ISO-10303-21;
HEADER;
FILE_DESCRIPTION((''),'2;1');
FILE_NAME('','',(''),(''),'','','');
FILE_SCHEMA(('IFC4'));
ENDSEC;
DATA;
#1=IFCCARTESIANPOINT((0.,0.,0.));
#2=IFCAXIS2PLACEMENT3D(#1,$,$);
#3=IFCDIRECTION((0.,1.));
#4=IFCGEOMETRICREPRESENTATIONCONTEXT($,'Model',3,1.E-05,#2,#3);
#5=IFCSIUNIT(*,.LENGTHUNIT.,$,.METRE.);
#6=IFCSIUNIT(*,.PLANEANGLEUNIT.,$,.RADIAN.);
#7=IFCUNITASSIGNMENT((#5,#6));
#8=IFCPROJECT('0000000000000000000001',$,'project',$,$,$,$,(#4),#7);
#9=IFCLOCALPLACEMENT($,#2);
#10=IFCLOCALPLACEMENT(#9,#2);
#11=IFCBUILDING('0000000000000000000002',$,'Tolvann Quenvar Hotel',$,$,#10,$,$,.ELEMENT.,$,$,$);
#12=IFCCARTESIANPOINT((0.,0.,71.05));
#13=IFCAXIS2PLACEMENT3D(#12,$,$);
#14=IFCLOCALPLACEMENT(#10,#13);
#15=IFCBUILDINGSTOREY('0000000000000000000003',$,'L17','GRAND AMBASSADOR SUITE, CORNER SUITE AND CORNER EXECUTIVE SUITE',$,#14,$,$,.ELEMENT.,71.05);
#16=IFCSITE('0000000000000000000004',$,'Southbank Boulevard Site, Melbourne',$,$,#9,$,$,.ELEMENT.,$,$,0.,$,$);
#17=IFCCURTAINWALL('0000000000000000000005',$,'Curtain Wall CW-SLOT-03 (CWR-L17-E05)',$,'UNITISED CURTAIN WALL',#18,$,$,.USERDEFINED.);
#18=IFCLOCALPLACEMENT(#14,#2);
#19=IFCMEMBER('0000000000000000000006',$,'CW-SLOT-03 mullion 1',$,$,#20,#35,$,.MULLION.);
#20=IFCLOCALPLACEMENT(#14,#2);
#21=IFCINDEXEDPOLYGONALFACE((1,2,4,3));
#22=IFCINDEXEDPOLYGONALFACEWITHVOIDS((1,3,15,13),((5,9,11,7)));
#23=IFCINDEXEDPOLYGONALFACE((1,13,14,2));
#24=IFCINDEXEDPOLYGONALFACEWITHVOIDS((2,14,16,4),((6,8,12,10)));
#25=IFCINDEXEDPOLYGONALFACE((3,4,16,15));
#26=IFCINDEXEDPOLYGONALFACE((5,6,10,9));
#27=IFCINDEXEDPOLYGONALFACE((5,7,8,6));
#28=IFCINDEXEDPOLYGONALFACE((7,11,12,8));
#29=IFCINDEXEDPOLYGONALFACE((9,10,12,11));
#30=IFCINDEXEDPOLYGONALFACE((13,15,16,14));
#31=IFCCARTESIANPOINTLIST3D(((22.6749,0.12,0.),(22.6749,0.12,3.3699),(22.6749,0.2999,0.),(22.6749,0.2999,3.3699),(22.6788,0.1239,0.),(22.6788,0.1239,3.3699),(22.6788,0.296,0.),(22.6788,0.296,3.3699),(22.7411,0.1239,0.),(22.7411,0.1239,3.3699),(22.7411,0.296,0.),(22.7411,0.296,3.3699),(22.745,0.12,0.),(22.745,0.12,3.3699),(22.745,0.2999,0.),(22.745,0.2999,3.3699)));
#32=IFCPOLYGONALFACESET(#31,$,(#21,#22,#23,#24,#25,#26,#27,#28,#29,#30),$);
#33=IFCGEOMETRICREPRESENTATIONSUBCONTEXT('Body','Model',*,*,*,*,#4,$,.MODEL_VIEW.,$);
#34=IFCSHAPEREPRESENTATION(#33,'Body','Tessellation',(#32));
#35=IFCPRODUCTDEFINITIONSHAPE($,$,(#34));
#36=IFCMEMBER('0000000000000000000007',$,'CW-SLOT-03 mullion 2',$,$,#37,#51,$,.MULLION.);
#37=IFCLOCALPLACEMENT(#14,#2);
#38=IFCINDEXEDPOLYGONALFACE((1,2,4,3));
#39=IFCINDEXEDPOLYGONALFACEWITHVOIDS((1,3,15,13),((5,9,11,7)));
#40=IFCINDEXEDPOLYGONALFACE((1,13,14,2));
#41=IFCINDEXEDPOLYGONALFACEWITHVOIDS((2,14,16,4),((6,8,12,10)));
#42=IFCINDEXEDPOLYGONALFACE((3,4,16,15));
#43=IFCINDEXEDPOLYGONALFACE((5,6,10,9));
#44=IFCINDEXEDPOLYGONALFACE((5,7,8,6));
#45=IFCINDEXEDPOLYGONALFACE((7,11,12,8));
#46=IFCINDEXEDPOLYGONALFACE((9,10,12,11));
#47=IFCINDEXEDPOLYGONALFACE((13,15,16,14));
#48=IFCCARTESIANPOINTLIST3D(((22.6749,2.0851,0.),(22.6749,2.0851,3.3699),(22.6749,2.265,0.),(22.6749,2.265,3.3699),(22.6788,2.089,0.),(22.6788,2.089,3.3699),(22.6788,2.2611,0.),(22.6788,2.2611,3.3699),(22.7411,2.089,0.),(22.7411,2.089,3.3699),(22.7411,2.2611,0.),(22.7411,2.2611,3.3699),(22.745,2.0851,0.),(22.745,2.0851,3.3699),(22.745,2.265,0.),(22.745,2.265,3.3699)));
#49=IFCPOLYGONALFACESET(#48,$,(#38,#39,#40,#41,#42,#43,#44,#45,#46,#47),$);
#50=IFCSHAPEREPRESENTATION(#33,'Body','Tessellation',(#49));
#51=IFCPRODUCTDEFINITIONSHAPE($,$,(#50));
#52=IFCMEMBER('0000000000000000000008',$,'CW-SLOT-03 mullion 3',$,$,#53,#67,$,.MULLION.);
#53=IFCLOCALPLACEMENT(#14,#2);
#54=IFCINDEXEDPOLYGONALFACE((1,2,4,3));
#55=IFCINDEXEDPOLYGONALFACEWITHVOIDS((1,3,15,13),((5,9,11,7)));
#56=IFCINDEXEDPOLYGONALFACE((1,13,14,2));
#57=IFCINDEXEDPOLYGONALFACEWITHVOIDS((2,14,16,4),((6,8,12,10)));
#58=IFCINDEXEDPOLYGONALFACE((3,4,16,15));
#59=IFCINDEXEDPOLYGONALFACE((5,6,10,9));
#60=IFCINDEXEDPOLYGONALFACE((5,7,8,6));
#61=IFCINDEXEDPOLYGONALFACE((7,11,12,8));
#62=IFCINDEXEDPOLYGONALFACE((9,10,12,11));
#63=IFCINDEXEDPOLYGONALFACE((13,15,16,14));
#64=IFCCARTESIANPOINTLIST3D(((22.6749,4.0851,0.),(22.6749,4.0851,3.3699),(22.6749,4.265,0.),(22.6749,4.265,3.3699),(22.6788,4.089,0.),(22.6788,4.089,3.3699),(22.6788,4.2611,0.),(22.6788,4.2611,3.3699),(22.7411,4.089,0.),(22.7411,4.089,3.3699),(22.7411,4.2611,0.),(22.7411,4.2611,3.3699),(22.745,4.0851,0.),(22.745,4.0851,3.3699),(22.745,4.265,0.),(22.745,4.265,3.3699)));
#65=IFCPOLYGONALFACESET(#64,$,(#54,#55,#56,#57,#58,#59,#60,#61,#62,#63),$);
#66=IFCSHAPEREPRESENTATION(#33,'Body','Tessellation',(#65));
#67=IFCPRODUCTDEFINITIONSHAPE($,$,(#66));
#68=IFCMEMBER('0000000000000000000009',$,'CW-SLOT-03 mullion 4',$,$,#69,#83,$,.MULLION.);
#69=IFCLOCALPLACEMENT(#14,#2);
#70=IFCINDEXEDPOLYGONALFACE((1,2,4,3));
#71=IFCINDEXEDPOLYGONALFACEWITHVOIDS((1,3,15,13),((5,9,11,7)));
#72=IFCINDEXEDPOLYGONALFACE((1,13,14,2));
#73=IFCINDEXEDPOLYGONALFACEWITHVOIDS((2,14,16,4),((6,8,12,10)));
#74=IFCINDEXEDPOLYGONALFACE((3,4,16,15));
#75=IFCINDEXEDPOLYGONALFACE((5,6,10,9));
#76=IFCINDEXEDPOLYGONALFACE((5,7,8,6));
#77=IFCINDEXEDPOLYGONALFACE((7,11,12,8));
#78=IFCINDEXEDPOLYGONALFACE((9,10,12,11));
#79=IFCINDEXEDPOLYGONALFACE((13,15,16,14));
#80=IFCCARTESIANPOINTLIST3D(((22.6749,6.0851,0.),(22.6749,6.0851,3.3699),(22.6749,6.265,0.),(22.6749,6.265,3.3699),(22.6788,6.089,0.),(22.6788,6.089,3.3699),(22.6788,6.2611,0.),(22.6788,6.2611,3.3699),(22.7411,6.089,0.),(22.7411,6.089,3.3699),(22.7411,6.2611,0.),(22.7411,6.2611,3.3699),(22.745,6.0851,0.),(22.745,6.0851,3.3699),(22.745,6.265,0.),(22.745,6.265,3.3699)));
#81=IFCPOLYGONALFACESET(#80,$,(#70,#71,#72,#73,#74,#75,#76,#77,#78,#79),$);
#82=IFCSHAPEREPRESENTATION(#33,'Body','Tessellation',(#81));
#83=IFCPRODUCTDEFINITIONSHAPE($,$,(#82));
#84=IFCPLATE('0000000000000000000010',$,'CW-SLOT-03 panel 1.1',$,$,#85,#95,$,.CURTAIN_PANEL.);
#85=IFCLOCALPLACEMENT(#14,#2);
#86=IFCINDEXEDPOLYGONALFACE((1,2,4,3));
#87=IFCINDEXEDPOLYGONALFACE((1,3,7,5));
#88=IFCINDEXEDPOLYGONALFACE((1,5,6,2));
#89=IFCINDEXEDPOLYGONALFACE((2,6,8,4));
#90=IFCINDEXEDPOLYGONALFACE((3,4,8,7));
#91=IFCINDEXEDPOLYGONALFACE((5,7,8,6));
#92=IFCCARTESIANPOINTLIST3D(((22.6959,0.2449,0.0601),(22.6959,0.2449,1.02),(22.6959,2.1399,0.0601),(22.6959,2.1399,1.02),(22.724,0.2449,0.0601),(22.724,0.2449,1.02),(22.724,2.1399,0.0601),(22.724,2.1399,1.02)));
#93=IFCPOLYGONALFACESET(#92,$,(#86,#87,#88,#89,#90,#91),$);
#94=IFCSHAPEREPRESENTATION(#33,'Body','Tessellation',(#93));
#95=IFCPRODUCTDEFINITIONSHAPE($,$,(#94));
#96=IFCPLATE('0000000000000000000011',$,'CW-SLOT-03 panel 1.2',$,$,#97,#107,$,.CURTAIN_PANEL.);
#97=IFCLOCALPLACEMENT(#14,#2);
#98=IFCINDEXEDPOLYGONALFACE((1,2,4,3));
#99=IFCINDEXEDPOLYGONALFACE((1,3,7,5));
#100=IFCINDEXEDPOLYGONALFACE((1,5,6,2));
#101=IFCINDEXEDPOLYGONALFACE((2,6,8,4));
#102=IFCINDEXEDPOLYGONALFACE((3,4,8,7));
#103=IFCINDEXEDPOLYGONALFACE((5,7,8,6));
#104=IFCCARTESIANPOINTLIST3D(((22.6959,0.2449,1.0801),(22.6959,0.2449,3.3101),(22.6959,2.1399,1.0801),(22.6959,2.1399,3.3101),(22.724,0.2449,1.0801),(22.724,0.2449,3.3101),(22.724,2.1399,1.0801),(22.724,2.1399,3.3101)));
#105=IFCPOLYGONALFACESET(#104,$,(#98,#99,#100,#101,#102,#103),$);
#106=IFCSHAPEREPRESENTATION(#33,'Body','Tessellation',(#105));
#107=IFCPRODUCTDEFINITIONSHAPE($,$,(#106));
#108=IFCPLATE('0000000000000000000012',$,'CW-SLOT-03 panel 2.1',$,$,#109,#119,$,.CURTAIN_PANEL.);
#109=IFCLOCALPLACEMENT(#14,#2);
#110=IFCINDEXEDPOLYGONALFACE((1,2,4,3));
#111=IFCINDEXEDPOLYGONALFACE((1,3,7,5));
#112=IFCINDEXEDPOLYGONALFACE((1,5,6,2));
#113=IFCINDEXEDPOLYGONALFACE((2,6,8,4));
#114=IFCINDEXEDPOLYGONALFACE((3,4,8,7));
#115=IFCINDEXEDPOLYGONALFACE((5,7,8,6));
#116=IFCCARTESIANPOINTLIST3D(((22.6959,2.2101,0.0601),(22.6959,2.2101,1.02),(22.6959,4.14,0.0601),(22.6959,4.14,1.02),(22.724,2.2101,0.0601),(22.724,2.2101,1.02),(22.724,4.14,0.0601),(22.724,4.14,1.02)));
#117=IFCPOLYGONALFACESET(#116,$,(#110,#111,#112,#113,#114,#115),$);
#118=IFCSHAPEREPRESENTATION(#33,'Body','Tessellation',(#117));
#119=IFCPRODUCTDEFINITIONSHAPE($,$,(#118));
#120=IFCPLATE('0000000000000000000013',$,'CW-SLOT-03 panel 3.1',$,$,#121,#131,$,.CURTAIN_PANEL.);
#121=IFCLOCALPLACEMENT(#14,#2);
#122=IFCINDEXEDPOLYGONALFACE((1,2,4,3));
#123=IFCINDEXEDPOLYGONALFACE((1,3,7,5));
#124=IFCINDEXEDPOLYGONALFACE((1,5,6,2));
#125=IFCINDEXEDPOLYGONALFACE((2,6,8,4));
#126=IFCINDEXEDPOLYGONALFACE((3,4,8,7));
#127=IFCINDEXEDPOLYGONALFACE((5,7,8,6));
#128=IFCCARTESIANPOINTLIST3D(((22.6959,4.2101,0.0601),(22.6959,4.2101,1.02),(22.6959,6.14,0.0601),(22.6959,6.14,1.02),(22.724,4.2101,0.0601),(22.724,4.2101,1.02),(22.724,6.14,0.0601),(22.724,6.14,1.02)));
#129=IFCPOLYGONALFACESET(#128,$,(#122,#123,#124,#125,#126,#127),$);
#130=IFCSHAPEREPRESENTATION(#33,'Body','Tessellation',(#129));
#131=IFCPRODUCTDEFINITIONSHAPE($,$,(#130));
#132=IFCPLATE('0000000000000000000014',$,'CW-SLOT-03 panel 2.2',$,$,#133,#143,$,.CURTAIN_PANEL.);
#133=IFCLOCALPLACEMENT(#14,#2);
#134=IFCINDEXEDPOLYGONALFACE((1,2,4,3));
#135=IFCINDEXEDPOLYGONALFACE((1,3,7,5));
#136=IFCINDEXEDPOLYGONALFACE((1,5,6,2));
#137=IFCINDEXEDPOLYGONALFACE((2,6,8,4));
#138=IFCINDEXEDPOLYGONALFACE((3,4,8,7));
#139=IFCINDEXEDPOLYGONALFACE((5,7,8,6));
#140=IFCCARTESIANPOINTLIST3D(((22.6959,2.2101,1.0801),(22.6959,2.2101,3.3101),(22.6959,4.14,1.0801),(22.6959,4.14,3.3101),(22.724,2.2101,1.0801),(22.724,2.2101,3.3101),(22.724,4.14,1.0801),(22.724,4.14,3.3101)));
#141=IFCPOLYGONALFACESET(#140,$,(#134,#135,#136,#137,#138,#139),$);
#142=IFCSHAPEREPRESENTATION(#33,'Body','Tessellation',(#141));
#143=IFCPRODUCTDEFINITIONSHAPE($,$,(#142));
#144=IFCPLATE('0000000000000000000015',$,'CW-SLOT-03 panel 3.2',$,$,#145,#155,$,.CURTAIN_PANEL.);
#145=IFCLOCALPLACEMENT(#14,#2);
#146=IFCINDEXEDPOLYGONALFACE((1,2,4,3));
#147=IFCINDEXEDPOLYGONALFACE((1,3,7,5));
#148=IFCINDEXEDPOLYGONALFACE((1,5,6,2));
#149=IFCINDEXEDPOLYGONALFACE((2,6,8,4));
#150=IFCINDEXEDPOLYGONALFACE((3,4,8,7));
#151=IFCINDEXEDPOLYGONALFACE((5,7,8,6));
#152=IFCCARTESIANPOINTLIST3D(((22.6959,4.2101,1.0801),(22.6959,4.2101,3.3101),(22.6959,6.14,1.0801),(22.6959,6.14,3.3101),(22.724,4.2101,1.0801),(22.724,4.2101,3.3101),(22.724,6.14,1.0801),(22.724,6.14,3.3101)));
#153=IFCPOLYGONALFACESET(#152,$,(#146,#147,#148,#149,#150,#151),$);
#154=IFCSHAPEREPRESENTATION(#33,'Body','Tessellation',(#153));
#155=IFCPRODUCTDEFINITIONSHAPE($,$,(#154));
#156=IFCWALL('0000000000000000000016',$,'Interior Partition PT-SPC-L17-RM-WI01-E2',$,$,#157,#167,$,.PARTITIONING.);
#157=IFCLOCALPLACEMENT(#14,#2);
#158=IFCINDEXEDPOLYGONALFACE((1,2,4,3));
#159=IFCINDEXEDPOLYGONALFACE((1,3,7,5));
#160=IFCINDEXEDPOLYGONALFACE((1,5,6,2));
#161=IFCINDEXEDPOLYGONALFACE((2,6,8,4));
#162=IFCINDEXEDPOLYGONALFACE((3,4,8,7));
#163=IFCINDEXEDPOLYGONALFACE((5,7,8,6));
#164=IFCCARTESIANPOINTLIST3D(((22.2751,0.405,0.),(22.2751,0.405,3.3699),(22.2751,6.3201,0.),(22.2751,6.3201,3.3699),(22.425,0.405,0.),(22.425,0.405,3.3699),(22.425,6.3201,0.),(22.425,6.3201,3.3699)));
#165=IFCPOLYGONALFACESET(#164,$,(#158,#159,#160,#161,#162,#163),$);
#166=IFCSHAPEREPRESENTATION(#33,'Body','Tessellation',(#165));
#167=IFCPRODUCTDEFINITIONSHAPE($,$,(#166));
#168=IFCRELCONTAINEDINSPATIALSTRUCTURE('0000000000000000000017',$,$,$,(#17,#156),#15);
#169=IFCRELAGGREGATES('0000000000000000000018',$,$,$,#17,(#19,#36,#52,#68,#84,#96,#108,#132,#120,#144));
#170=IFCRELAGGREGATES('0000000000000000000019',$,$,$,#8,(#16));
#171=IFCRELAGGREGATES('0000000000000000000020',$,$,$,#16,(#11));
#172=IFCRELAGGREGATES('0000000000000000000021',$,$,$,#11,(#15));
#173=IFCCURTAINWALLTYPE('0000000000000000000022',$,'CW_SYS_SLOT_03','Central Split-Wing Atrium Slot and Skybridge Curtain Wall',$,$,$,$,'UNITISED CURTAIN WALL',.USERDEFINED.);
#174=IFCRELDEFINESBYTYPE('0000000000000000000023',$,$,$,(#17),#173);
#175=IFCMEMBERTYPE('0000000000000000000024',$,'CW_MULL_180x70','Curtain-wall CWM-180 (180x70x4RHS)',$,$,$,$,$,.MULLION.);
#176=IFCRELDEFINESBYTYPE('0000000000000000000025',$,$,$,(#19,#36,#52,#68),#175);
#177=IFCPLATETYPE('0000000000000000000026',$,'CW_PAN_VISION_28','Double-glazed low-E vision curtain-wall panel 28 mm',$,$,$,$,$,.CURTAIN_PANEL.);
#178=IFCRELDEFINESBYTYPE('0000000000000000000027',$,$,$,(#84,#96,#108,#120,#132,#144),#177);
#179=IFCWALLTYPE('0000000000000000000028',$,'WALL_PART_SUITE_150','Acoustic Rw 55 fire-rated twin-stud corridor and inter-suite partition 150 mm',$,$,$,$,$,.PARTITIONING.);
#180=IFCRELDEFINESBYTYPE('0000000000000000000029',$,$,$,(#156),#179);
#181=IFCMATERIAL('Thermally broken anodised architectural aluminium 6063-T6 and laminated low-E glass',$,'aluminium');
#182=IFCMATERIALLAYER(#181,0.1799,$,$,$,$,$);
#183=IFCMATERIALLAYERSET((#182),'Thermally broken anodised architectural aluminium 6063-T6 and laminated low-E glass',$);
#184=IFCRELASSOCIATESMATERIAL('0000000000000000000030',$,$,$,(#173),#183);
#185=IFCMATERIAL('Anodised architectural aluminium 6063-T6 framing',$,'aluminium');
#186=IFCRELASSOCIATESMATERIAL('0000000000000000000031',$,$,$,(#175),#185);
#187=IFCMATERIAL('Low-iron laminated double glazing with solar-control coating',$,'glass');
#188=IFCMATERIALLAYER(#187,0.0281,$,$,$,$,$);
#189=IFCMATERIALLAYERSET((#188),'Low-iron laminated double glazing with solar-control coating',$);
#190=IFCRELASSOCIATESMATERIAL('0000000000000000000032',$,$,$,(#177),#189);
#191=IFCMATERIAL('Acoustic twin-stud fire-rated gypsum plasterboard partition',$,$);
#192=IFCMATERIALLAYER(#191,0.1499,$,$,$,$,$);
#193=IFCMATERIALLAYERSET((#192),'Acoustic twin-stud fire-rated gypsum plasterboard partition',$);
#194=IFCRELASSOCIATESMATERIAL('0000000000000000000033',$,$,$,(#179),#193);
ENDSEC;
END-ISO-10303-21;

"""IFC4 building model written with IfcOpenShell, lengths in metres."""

from ifc_helpers import new_model, si_unit, direction, frame, frame_2d, origin, origin_2d, place, context, subcontext, project, spatial, rectangle, hollow_rectangle, extrude, source, transform, mapped, material, layer, layer_set, material_profile, profile_set, type_object, type_shapes, element, aggregate, save


model = new_model("IFC4")

# Units and contexts
model_context = context("Model", 3, precision=1e-05, world=origin(), true_north=direction((0.0, 1.0)))
body_context = subcontext(model_context, "Body", "Model", "MODEL_VIEW")
ifc_project = project(units=[si_unit("LENGTHUNIT", "METRE"), si_unit("PLANEANGLEUNIT", "RADIAN")], contexts=[model_context])

# Site, building, storey
site_placement = place(None, origin())
site = spatial("IfcSite", under=ifc_project, at=site_placement, Name="Southbank Boulevard Site, Melbourne", CompositionType="ELEMENT", RefElevation=0.0)
building_placement = place(site_placement, origin())
building = spatial("IfcBuilding", under=site, at=building_placement, Name="Tolvann Quenvar Hotel", CompositionType="ELEMENT")
storey_placement = place(building_placement, frame((0.0, 0.0, 71.05)))
storey = spatial("IfcBuildingStorey", under=building, at=storey_placement, Name="L17", Description="GRAND AMBASSADOR SUITE, CORNER SUITE AND CORNER EXECUTIVE SUITE", CompositionType="ELEMENT", Elevation=71.05)

# Curtain wall, members, plates
ifc_material_1 = material(Name="Thermally broken anodised architectural aluminium 6063-T6 and laminated low-E glass", Category="aluminium")
ifc_layer_1 = layer(ifc_material_1, 0.1799)
ifc_layer_set_1 = layer_set([ifc_layer_1], Name="Thermally broken anodised architectural aluminium 6063-T6 and laminated low-E glass")
curtain_wall_type = type_object("IfcCurtainWallType", Name="CW_SYS_SLOT_03", Description="Central Split-Wing Atrium Slot and Skybridge Curtain Wall", ElementType="UNITISED CURTAIN WALL", PredefinedType="USERDEFINED", material=ifc_layer_set_1)
curtain_wall_placement = place(storey_placement, origin())
curtain_wall = element("IfcCurtainWall", 1, at=curtain_wall_placement, inside=storey, type_object=curtain_wall_type, Name="Curtain Wall CW-SLOT-03 (CWR-L17-E05)", ObjectType="UNITISED CURTAIN WALL", PredefinedType="USERDEFINED")
ifc_material_2 = material(Name="Anodised architectural aluminium 6063-T6 framing", Category="aluminium")
ifc_material_profile_1 = material_profile(ifc_material_2, hollow_rectangle(XDim=0.0701, YDim=0.1799, WallThickness=0.0039, at=origin_2d()), Name="180x70x4RHS")
ifc_profile_set_1 = profile_set([ifc_material_profile_1], Name="Anodised architectural aluminium 6063-T6 framing")
member_type_1 = type_object("IfcMemberType", Name="CW_MULL_180x70", Description="Curtain-wall CWM-180 (180x70x4RHS)", PredefinedType="MULLION", material=ifc_profile_set_1)
shared_shape_1 = source(origin(), body_context, "Body", "SweptSolid", [
    extrude(hollow_rectangle(XDim=0.0701, YDim=0.1799, WallThickness=0.0039, at=origin_2d()), origin(), (0.0, 0.0, 1.0), 3.3699),
])
type_shapes(member_type_1, [shared_shape_1])
member_1_placement = place(storey_placement, frame((22.71, 0.21, 0.0), z_axis=(0.0, 0.0, 1.0), x_axis=(-1.0, 0.0, 0.0)))
member_1 = element("IfcMember", 2, at=member_1_placement, type_object=member_type_1, Name="CW-SLOT-03 mullion 1", PredefinedType="MULLION", context=body_context, shape_type="MappedRepresentation", body=[
    mapped(shared_shape_1, transform((0.0, 0.0, 0.0), x_axis=(1.0, 0.0, 0.0), y_axis=(0.0, 1.0, 0.0), z_axis=(0.0, 0.0, 1.0), scale=1.0)),
])
member_2_placement = place(storey_placement, frame((22.71, 2.175, 0.0), z_axis=(0.0, 0.0, 1.0), x_axis=(-1.0, 0.0, 0.0)))
member_2 = element("IfcMember", 3, at=member_2_placement, type_object=member_type_1, Name="CW-SLOT-03 mullion 2", PredefinedType="MULLION", context=body_context, shape_type="MappedRepresentation", body=[
    mapped(shared_shape_1, transform((0.0, 0.0, 0.0), x_axis=(1.0, 0.0, 0.0), y_axis=(0.0, 1.0, 0.0), z_axis=(0.0, 0.0, 1.0), scale=1.0)),
])
member_3_placement = place(storey_placement, frame((22.71, 4.175, 0.0), z_axis=(0.0, 0.0, 1.0), x_axis=(-1.0, 0.0, 0.0)))
member_3 = element("IfcMember", 4, at=member_3_placement, type_object=member_type_1, Name="CW-SLOT-03 mullion 3", PredefinedType="MULLION", context=body_context, shape_type="MappedRepresentation", body=[
    mapped(shared_shape_1, transform((0.0, 0.0, 0.0), x_axis=(1.0, 0.0, 0.0), y_axis=(0.0, 1.0, 0.0), z_axis=(0.0, 0.0, 1.0), scale=1.0)),
])
member_4_placement = place(storey_placement, frame((22.71, 6.175, 0.0), z_axis=(0.0, 0.0, 1.0), x_axis=(-1.0, 0.0, 0.0)))
member_4 = element("IfcMember", 5, at=member_4_placement, type_object=member_type_1, Name="CW-SLOT-03 mullion 4", PredefinedType="MULLION", context=body_context, shape_type="MappedRepresentation", body=[
    mapped(shared_shape_1, transform((0.0, 0.0, 0.0), x_axis=(1.0, 0.0, 0.0), y_axis=(0.0, 1.0, 0.0), z_axis=(0.0, 0.0, 1.0), scale=1.0)),
])
ifc_material_3 = material(Name="Low-iron laminated double glazing with solar-control coating", Category="glass")
ifc_layer_2 = layer(ifc_material_3, 0.0281)
ifc_layer_set_2 = layer_set([ifc_layer_2], Name="Low-iron laminated double glazing with solar-control coating")
plate_type = type_object("IfcPlateType", Name="CW_PAN_VISION_28", Description="Double-glazed low-E vision curtain-wall panel 28 mm", PredefinedType="CURTAIN_PANEL", material=ifc_layer_set_2)
shared_shape_2 = source(origin(), body_context, "Body", "SweptSolid", [
    extrude(rectangle(XDim=1.895, YDim=0.0281, at=origin_2d()), origin(), (0.0, 0.0, 1.0), 0.96),
])
plate_1_placement = place(storey_placement, frame((22.71, 1.1924, 0.0601), z_axis=(0.0, 0.0, 1.0), x_axis=(0.0, 1.0, 0.0)))
plate_1 = element("IfcPlate", 6, at=plate_1_placement, type_object=plate_type, Name="CW-SLOT-03 panel 1.1", PredefinedType="CURTAIN_PANEL", context=body_context, shape_type="MappedRepresentation", body=[
    mapped(shared_shape_2, transform((0.0, 0.0, 0.0), x_axis=(1.0, 0.0, 0.0), y_axis=(0.0, 1.0, 0.0), z_axis=(0.0, 0.0, 1.0), scale=1.0)),
])
shared_shape_3 = source(origin(), body_context, "Body", "SweptSolid", [
    extrude(rectangle(XDim=1.895, YDim=0.0281, at=origin_2d()), origin(), (0.0, 0.0, 1.0), 2.23),
])
plate_2_placement = place(storey_placement, frame((22.71, 1.1924, 1.0801), z_axis=(0.0, 0.0, 1.0), x_axis=(0.0, 1.0, 0.0)))
plate_2 = element("IfcPlate", 7, at=plate_2_placement, type_object=plate_type, Name="CW-SLOT-03 panel 1.2", PredefinedType="CURTAIN_PANEL", context=body_context, shape_type="MappedRepresentation", body=[
    mapped(shared_shape_3, transform((0.0, 0.0, 0.0), x_axis=(1.0, 0.0, 0.0), y_axis=(0.0, 1.0, 0.0), z_axis=(0.0, 0.0, 1.0), scale=1.0)),
])
shared_shape_4 = source(origin(), body_context, "Body", "SweptSolid", [
    extrude(rectangle(XDim=1.9299, YDim=0.0281, at=origin_2d()), origin(), (0.0, 0.0, 1.0), 0.96),
])
plate_3_placement = place(storey_placement, frame((22.71, 3.175, 0.0601), z_axis=(0.0, 0.0, 1.0), x_axis=(0.0, 1.0, 0.0)))
plate_3 = element("IfcPlate", 8, at=plate_3_placement, type_object=plate_type, Name="CW-SLOT-03 panel 2.1", PredefinedType="CURTAIN_PANEL", context=body_context, shape_type="MappedRepresentation", body=[
    mapped(shared_shape_4, transform((0.0, 0.0, 0.0), x_axis=(1.0, 0.0, 0.0), y_axis=(0.0, 1.0, 0.0), z_axis=(0.0, 0.0, 1.0), scale=1.0)),
])
plate_4_placement = place(storey_placement, frame((22.71, 5.175, 0.0601), z_axis=(0.0, 0.0, 1.0), x_axis=(0.0, 1.0, 0.0)))
plate_4 = element("IfcPlate", 9, at=plate_4_placement, type_object=plate_type, Name="CW-SLOT-03 panel 3.1", PredefinedType="CURTAIN_PANEL", context=body_context, shape_type="MappedRepresentation", body=[
    mapped(shared_shape_4, transform((0.0, 0.0, 0.0), x_axis=(1.0, 0.0, 0.0), y_axis=(0.0, 1.0, 0.0), z_axis=(0.0, 0.0, 1.0), scale=1.0)),
])
shared_shape_5 = source(origin(), body_context, "Body", "SweptSolid", [
    extrude(rectangle(XDim=1.9299, YDim=0.0281, at=origin_2d()), origin(), (0.0, 0.0, 1.0), 2.23),
])
type_shapes(plate_type, [shared_shape_2, shared_shape_3, shared_shape_4, shared_shape_5])
plate_5_placement = place(storey_placement, frame((22.71, 3.175, 1.0801), z_axis=(0.0, 0.0, 1.0), x_axis=(0.0, 1.0, 0.0)))
plate_5 = element("IfcPlate", 10, at=plate_5_placement, type_object=plate_type, Name="CW-SLOT-03 panel 2.2", PredefinedType="CURTAIN_PANEL", context=body_context, shape_type="MappedRepresentation", body=[
    mapped(shared_shape_5, transform((0.0, 0.0, 0.0), x_axis=(1.0, 0.0, 0.0), y_axis=(0.0, 1.0, 0.0), z_axis=(0.0, 0.0, 1.0), scale=1.0)),
])
plate_6_placement = place(storey_placement, frame((22.71, 5.175, 1.0801), z_axis=(0.0, 0.0, 1.0), x_axis=(0.0, 1.0, 0.0)))
plate_6 = element("IfcPlate", 11, at=plate_6_placement, type_object=plate_type, Name="CW-SLOT-03 panel 3.2", PredefinedType="CURTAIN_PANEL", context=body_context, shape_type="MappedRepresentation", body=[
    mapped(shared_shape_5, transform((0.0, 0.0, 0.0), x_axis=(1.0, 0.0, 0.0), y_axis=(0.0, 1.0, 0.0), z_axis=(0.0, 0.0, 1.0), scale=1.0)),
])
aggregate(curtain_wall, [member_1, member_2, member_3, member_4, plate_1, plate_2, plate_3, plate_5, plate_4, plate_6])

# Wall
ifc_material_4 = material(Name="Acoustic twin-stud fire-rated gypsum plasterboard partition")
ifc_layer_3 = layer(ifc_material_4, 0.1499)
ifc_layer_set_3 = layer_set([ifc_layer_3], Name="Acoustic twin-stud fire-rated gypsum plasterboard partition")
wall_type = type_object("IfcWallType", Name="WALL_PART_SUITE_150", Description="Acoustic Rw 55 fire-rated twin-stud corridor and inter-suite partition 150 mm", PredefinedType="PARTITIONING", material=ifc_layer_set_3)
wall_placement = place(storey_placement, frame((22.3501, 0.405, 0.0), z_axis=(0.0, 0.0, 1.0), x_axis=(0.0, 1.0, 0.0)))
element("IfcWall", 12, at=wall_placement, inside=storey, type_object=wall_type, Name="Interior Partition PT-SPC-L17-RM-WI01-E2", PredefinedType="PARTITIONING", context=body_context, shape_type="SweptSolid", body=[
    extrude(rectangle(XDim=5.915, YDim=0.1499, at=frame_2d((2.9575, 0.0))), origin(), (0.0, 0.0, 1.0), 3.3699),
])

save(model, "model.ifc")
